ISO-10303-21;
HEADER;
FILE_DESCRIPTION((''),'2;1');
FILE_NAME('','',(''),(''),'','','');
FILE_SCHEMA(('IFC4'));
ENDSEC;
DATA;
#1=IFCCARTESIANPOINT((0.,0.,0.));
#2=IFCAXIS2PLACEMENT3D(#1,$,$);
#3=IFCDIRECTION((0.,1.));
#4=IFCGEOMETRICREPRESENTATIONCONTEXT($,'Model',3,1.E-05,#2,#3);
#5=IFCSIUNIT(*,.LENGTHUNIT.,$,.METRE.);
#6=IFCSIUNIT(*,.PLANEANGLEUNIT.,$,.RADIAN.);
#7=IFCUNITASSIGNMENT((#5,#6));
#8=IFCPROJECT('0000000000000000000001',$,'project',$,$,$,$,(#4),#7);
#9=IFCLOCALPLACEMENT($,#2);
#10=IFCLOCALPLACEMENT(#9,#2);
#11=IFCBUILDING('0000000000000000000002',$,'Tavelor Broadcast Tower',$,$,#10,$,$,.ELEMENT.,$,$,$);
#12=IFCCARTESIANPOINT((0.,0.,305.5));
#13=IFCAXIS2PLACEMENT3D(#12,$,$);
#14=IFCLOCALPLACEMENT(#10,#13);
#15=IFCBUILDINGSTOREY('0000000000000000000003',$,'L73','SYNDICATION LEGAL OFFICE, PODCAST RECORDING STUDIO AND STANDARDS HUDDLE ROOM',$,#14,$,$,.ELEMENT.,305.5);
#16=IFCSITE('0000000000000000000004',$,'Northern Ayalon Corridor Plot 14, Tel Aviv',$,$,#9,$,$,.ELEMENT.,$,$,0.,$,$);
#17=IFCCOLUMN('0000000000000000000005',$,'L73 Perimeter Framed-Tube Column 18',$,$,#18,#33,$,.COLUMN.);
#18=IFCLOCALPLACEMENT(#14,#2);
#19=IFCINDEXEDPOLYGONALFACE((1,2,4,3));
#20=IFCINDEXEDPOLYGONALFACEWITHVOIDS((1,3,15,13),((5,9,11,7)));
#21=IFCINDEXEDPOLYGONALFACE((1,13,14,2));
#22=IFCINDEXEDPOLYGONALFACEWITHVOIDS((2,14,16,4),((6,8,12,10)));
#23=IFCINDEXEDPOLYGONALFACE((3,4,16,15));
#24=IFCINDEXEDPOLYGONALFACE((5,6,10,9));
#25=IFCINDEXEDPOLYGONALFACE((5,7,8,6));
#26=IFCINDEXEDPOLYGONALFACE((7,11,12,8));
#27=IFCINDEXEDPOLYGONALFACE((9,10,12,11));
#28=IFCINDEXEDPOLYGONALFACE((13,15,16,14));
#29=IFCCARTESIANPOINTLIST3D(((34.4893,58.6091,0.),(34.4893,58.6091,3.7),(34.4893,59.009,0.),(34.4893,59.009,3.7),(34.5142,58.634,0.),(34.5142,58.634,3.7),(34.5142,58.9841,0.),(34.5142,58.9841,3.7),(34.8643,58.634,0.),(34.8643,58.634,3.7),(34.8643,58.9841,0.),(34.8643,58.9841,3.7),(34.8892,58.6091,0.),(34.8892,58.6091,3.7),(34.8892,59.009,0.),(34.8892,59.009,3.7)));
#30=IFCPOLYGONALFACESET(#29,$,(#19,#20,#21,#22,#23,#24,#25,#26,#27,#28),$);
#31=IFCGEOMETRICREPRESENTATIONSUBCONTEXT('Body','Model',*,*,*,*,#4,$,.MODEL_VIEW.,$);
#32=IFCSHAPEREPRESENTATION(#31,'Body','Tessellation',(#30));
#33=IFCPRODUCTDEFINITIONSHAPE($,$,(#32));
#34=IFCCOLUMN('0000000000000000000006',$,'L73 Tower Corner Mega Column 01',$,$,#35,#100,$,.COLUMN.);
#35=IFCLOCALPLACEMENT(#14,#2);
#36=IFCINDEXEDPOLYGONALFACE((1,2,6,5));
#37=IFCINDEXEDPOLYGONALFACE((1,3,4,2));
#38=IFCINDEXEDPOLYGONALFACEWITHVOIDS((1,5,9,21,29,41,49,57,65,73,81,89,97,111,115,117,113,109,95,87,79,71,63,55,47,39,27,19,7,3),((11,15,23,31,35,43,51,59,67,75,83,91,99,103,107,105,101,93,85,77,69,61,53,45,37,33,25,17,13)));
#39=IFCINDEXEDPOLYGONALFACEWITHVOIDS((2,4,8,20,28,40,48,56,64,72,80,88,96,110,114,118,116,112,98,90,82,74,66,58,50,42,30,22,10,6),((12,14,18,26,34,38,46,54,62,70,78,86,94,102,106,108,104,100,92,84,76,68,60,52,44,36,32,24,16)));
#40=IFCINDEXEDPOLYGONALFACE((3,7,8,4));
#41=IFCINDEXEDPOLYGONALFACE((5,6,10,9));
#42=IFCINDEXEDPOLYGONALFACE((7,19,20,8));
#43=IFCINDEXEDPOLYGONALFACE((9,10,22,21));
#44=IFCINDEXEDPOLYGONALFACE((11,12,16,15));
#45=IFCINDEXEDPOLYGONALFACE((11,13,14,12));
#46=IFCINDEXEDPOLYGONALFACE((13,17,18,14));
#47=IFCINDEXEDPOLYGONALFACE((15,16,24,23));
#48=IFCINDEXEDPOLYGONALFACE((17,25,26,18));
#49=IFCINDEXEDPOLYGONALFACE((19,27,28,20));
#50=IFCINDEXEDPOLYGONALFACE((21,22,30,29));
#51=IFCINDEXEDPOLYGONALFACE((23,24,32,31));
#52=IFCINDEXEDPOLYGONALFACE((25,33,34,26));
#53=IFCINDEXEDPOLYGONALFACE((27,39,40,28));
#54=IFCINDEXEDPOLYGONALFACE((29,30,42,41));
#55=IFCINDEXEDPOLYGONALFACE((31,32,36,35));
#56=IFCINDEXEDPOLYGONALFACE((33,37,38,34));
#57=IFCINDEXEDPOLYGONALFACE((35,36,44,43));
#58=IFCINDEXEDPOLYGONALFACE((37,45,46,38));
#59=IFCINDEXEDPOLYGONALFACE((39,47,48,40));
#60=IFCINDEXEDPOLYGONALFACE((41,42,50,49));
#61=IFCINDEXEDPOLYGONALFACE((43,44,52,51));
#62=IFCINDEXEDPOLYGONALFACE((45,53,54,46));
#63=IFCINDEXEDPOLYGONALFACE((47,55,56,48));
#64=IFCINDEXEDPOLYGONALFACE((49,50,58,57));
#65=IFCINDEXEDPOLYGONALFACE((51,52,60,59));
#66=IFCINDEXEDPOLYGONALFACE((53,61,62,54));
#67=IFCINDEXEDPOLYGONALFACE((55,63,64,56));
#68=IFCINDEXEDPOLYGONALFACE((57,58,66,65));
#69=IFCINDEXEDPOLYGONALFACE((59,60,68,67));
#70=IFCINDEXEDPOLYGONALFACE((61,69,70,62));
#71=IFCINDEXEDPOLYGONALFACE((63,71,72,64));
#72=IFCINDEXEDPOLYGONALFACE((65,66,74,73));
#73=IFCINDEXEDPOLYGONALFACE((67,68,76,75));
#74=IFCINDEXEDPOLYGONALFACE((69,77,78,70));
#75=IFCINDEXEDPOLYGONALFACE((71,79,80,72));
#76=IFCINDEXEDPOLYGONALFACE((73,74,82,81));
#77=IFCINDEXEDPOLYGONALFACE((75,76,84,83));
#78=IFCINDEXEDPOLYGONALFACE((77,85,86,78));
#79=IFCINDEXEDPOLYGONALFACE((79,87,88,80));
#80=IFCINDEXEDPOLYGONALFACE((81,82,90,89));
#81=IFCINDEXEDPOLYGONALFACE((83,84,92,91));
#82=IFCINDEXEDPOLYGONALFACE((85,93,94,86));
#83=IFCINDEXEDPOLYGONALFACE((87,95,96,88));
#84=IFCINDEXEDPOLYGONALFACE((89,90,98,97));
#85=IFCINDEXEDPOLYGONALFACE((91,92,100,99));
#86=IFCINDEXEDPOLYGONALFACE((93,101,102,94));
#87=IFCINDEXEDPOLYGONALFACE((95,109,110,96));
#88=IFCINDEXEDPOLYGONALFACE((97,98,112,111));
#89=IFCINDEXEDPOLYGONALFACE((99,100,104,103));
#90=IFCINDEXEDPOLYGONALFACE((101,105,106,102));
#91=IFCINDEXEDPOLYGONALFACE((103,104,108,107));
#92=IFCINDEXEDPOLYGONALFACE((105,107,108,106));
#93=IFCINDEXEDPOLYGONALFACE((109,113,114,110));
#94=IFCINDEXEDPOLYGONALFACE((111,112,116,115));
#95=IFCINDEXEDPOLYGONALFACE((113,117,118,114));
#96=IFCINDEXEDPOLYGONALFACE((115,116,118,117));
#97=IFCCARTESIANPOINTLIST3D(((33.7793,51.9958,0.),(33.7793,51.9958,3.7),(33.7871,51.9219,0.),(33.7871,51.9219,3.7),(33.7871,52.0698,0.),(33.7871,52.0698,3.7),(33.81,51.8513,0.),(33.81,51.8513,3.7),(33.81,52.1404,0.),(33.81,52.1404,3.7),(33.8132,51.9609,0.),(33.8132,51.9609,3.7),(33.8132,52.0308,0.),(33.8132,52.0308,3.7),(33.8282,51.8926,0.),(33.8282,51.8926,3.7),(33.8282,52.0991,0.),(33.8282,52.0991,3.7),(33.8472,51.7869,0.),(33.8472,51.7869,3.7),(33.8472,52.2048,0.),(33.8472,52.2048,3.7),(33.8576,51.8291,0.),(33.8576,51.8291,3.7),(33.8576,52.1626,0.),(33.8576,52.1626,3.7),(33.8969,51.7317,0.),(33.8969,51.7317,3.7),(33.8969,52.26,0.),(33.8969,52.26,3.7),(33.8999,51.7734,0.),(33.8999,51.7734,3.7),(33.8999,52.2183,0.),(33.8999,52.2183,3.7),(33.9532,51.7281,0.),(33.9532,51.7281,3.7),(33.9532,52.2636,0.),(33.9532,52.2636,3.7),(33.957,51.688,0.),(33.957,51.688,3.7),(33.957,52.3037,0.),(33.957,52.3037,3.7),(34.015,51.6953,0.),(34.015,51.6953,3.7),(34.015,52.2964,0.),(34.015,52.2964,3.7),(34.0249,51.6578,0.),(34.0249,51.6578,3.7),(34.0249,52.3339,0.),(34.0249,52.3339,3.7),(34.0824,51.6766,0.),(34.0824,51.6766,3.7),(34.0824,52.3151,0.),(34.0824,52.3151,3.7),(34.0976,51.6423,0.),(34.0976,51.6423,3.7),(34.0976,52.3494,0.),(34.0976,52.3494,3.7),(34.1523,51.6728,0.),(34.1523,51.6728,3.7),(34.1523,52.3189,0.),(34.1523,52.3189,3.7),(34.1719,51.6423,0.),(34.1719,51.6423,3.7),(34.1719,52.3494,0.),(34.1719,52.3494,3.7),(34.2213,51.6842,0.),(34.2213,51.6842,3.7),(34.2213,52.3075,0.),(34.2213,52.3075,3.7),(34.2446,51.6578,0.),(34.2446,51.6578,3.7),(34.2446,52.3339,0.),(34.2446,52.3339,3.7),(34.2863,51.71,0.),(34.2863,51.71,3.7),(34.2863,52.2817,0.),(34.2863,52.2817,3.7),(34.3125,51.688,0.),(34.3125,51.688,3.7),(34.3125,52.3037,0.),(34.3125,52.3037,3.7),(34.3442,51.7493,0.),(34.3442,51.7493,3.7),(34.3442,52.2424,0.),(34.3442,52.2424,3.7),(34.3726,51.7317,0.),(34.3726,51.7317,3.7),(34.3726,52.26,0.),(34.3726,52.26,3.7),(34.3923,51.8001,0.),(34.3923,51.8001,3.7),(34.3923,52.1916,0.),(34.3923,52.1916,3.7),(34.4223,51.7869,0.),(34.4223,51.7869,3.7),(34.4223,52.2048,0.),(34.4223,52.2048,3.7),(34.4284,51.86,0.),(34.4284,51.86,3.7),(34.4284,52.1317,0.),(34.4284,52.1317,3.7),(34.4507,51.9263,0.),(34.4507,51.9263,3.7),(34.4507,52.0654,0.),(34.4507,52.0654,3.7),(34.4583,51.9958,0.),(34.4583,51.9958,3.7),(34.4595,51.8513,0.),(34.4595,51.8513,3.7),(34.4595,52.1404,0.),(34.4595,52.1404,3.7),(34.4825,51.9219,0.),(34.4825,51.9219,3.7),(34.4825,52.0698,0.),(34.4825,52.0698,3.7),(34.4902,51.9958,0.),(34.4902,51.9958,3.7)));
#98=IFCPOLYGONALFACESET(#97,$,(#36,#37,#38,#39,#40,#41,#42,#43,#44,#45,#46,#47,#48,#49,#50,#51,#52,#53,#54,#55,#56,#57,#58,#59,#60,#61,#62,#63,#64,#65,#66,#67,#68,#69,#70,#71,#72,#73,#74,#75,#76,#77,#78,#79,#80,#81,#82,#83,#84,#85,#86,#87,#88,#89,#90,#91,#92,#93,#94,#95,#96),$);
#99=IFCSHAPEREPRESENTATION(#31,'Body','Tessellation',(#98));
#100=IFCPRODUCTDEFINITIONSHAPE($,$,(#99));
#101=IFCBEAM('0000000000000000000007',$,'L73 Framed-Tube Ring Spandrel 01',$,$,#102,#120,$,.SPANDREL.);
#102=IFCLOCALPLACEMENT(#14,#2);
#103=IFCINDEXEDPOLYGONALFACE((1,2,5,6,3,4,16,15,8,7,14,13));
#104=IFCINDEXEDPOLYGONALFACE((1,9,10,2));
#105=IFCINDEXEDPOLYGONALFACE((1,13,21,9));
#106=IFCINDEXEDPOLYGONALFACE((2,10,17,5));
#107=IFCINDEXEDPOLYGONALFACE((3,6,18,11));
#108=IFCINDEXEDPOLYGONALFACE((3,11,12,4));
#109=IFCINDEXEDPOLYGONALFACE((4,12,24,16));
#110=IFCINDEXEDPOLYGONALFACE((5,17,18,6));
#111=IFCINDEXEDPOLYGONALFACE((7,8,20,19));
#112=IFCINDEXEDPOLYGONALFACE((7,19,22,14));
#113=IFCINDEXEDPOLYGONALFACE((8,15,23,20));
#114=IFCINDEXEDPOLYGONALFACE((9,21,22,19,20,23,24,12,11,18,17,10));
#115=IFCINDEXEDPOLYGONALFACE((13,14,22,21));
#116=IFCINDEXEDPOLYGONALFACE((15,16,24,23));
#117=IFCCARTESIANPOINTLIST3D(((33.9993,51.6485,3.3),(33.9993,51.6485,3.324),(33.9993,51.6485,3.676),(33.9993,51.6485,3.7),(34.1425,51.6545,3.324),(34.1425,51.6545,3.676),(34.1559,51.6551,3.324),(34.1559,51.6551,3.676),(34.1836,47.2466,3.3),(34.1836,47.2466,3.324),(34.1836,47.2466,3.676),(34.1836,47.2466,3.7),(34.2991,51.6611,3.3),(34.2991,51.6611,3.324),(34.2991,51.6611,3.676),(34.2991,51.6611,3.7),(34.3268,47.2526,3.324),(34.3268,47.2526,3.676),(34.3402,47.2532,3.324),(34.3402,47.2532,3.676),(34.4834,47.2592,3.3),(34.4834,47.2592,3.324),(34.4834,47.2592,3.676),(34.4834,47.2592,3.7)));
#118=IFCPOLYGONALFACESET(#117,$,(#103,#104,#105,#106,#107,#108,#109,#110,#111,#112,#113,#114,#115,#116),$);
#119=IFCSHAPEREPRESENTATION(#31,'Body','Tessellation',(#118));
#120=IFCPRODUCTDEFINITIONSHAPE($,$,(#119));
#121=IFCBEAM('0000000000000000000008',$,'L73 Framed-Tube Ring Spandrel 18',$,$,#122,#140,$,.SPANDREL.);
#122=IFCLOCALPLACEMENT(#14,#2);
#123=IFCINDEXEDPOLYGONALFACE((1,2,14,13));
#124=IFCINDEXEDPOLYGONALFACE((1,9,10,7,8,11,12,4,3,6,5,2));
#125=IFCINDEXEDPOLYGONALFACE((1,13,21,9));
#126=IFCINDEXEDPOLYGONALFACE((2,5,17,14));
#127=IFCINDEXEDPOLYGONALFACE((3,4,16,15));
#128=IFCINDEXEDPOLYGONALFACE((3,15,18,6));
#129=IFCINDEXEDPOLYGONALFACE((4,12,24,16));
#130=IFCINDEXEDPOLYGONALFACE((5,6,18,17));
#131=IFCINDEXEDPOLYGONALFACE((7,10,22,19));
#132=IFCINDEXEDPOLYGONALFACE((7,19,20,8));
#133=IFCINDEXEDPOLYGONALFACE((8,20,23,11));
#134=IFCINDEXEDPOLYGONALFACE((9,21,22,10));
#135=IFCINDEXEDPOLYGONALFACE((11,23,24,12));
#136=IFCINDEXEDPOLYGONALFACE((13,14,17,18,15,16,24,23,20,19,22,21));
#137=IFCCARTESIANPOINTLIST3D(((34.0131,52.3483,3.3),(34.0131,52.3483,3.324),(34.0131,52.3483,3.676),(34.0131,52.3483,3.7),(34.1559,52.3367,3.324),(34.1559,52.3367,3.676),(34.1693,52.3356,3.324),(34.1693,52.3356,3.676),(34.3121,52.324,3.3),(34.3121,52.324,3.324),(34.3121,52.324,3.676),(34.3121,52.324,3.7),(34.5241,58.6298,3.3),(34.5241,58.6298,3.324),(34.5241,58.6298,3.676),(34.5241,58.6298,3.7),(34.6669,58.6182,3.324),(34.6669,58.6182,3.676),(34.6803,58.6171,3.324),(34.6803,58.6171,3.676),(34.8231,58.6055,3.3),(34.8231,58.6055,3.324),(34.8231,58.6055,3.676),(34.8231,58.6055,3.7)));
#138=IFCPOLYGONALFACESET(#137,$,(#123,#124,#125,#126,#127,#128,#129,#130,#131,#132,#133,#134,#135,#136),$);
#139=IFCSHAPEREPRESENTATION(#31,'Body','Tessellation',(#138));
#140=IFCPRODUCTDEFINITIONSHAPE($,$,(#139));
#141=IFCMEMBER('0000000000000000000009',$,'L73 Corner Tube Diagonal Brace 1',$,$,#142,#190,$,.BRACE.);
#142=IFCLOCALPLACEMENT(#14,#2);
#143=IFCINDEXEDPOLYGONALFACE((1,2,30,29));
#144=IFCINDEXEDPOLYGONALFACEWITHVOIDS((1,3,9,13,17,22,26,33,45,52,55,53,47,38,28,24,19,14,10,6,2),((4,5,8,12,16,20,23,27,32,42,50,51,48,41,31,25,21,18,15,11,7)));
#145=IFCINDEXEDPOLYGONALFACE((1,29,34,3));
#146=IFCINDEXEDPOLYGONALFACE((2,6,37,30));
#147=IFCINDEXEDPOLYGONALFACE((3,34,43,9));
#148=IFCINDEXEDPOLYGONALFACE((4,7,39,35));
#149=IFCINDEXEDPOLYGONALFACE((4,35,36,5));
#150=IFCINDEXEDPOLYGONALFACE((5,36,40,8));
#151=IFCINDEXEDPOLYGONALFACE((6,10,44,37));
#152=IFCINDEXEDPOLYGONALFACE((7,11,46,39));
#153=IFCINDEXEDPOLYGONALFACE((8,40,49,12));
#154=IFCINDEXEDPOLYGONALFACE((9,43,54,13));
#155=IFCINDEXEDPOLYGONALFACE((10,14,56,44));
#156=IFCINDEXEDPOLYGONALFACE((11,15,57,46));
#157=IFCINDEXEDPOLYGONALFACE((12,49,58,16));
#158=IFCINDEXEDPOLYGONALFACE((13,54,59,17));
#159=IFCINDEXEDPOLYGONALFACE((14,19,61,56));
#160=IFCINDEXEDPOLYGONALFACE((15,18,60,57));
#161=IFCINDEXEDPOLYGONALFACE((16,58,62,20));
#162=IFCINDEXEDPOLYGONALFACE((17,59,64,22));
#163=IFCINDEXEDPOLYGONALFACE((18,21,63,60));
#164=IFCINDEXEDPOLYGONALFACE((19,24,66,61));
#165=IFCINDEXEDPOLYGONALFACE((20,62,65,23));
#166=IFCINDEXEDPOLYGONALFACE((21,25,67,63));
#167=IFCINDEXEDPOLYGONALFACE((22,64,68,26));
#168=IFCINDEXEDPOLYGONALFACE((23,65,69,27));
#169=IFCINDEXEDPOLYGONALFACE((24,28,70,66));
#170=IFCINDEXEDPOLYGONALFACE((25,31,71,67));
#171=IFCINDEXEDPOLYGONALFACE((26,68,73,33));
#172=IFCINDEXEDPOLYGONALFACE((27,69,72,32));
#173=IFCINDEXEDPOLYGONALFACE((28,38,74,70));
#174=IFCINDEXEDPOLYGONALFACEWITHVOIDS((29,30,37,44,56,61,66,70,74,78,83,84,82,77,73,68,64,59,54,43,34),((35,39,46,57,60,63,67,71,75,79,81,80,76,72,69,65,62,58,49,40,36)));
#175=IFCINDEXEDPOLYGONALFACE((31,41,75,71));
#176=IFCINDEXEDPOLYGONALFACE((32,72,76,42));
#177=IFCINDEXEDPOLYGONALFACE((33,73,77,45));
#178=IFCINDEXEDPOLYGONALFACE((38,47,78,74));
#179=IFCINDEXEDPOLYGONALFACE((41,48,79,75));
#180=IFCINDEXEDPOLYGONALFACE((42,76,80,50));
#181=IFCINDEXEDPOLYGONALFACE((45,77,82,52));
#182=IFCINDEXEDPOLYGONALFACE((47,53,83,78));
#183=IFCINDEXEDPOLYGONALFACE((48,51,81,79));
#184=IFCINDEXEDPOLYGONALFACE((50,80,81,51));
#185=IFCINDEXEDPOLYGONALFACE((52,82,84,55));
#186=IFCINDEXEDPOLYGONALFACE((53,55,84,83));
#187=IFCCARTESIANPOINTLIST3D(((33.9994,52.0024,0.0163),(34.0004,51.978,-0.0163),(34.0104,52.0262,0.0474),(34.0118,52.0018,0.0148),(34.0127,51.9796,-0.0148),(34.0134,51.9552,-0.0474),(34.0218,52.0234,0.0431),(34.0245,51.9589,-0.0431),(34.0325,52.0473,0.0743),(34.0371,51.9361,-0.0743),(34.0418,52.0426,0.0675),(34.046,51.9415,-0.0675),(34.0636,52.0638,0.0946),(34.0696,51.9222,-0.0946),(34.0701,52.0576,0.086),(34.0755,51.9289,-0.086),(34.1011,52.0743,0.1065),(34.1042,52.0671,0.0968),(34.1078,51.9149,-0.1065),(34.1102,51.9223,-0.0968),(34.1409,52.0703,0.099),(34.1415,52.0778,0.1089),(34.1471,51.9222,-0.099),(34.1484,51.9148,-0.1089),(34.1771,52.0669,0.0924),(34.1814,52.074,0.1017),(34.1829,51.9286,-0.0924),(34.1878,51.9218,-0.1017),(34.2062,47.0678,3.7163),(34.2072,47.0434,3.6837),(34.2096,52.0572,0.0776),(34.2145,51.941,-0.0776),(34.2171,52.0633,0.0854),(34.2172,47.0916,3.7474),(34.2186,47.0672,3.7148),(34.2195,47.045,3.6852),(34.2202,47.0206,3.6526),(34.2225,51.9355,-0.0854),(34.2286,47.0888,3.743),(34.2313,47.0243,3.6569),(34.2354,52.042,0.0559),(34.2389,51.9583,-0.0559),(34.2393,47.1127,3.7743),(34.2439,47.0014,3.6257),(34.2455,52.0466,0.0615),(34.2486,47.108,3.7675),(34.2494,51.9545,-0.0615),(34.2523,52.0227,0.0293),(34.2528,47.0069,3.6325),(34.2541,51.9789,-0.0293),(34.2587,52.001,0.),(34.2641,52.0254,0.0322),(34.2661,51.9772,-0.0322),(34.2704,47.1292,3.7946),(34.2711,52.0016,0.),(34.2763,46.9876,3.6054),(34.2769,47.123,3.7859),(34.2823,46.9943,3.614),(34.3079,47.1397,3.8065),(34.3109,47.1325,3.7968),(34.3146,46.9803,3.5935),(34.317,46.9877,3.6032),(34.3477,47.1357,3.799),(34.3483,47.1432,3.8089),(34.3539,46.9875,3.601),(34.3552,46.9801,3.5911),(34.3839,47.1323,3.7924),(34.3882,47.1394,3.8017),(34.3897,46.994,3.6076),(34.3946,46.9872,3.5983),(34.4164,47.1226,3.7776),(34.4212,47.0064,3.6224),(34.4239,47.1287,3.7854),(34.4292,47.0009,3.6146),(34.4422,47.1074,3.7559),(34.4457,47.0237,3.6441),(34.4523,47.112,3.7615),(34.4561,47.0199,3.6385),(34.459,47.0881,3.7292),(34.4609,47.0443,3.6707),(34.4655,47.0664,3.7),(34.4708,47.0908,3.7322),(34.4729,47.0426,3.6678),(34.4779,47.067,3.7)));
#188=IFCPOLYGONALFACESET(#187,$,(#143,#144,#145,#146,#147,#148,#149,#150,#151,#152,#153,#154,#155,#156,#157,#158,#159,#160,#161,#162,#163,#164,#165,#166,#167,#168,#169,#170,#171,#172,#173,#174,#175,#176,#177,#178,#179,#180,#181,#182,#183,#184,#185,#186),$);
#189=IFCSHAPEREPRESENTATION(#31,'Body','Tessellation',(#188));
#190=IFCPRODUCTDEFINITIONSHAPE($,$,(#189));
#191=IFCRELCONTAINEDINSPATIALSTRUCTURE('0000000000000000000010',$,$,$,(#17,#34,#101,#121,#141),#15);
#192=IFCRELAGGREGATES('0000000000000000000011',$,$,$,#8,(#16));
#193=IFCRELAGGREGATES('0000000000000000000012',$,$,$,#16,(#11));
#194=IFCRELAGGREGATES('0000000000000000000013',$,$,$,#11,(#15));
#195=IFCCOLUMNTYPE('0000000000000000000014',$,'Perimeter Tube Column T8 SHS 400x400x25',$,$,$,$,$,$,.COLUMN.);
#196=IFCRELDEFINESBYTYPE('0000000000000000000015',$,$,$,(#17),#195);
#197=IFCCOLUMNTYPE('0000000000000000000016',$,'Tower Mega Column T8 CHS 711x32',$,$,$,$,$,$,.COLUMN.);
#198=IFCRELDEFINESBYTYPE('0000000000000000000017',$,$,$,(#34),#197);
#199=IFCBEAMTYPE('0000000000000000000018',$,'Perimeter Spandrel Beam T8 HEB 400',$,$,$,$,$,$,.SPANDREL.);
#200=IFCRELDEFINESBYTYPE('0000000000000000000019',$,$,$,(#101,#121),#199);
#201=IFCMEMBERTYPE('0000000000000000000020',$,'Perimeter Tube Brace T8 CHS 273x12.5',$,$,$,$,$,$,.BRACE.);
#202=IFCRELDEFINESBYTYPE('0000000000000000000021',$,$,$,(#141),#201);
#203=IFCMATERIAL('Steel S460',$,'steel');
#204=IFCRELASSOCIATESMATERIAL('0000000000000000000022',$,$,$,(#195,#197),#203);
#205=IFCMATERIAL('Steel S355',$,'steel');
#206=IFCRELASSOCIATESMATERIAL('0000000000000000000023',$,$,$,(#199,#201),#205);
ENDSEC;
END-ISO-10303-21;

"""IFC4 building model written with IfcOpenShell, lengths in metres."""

from ifc_helpers import new_model, si_unit, direction, frame, origin, origin_2d, place, context, subcontext, project, spatial, hollow_rectangle, hollow_circle, i_section, extrude, material, material_profile, profile_set, type_object, element, save


model = new_model("IFC4")

# Units and contexts
model_context = context("Model", 3, precision=1e-05, world=origin(), true_north=direction((0.0, 1.0)))
body_context = subcontext(model_context, "Body", "Model", "MODEL_VIEW")
ifc_project = project(units=[si_unit("LENGTHUNIT", "METRE"), si_unit("PLANEANGLEUNIT", "RADIAN")], contexts=[model_context])

# Site, building, storey
site_placement = place(None, origin())
site = spatial("IfcSite", under=ifc_project, at=site_placement, Name="Northern Ayalon Corridor Plot 14, Tel Aviv", CompositionType="ELEMENT", RefElevation=0.0)
building_placement = place(site_placement, origin())
building = spatial("IfcBuilding", under=site, at=building_placement, Name="Tavelor Broadcast Tower", CompositionType="ELEMENT")
storey_placement = place(building_placement, frame((0.0, 0.0, 305.5)))
storey = spatial("IfcBuildingStorey", under=building, at=storey_placement, Name="L73", Description="SYNDICATION LEGAL OFFICE, PODCAST RECORDING STUDIO AND STANDARDS HUDDLE ROOM", CompositionType="ELEMENT", Elevation=305.5)

# Columns
ifc_material_1 = material(Name="Steel S460", Category="steel")
ifc_material_profile_1 = material_profile(ifc_material_1, hollow_rectangle(XDim=0.3999, YDim=0.3999, WallThickness=0.0249, at=origin_2d()), Name="SHS 400x400x25")
ifc_profile_set_1 = profile_set([ifc_material_profile_1], Name="Steel S460")
column_type_1 = type_object("IfcColumnType", Name="Perimeter Tube Column T8 SHS 400x400x25", PredefinedType="COLUMN", material=ifc_profile_set_1)
column_1_placement = place(storey_placement, frame((34.6892, 58.8091, 0.0), z_axis=(0.0, 0.0, 1.0), x_axis=(1.0, 0.0, 0.0)))
element("IfcColumn", 1, at=column_1_placement, inside=storey, type_object=column_type_1, Name="L73 Perimeter Framed-Tube Column 18", PredefinedType="COLUMN", context=body_context, shape_type="SweptSolid", body=[
    extrude(hollow_rectangle(XDim=0.3999, YDim=0.3999, WallThickness=0.0249, at=origin_2d()), origin(), (0.0, 0.0, 1.0), 3.7),
])
ifc_material_profile_2 = material_profile(ifc_material_1, hollow_circle(Radius=0.3555, WallThickness=0.032, at=origin_2d()), Name="CHS 711x32")
ifc_profile_set_2 = profile_set([ifc_material_profile_2], Name="Steel S460")
column_type_2 = type_object("IfcColumnType", Name="Tower Mega Column T8 CHS 711x32", PredefinedType="COLUMN", material=ifc_profile_set_2)
column_2_placement = place(storey_placement, frame((34.1348, 51.9958, 0.0), z_axis=(0.0, 0.0, 1.0), x_axis=(1.0, 0.0, 0.0)))
element("IfcColumn", 2, at=column_2_placement, inside=storey, type_object=column_type_2, Name="L73 Tower Corner Mega Column 01", PredefinedType="COLUMN", context=body_context, shape_type="SweptSolid", body=[
    extrude(hollow_circle(Radius=0.3555, WallThickness=0.032, at=origin_2d()), origin(), (0.0, 0.0, 1.0), 3.7),
])

# Beams
ifc_material_2 = material(Name="Steel S355", Category="steel")
ifc_material_profile_3 = material_profile(ifc_material_2, i_section(OverallWidth=0.3, OverallDepth=0.3999, WebThickness=0.0134, FlangeThickness=0.0239, at=origin_2d()), Name="HEB 400")
ifc_profile_set_3 = profile_set([ifc_material_profile_3], Name="Steel S355")
beam_type = type_object("IfcBeamType", Name="Perimeter Spandrel Beam T8 HEB 400", PredefinedType="SPANDREL", material=ifc_profile_set_3)
beam_1_placement = place(storey_placement, frame((34.1492, 51.6548, 3.5), z_axis=(0.041838, -0.999124, 0.0), x_axis=(0.999124, 0.041838, 0.0)))
element("IfcBeam", 3, at=beam_1_placement, inside=storey, type_object=beam_type, Name="L73 Framed-Tube Ring Spandrel 01", PredefinedType="SPANDREL", context=body_context, shape_type="SweptSolid", body=[
    extrude(i_section(OverallWidth=0.3, OverallDepth=0.3999, WebThickness=0.0134, FlangeThickness=0.0239, at=origin_2d()), origin(), (0.0, 0.0, 1.0), 4.4058),
])
beam_2_placement = place(storey_placement, frame((34.6736, 58.6177, 3.5), z_axis=(-0.08108, -0.996708, 0.0), x_axis=(0.996708, -0.08108, 0.0)))
element("IfcBeam", 4, at=beam_2_placement, inside=storey, type_object=beam_type, Name="L73 Framed-Tube Ring Spandrel 18", PredefinedType="SPANDREL", context=body_context, shape_type="SweptSolid", body=[
    extrude(i_section(OverallWidth=0.3, OverallDepth=0.3999, WebThickness=0.0134, FlangeThickness=0.0239, at=origin_2d()), origin(), (0.0, 0.0, 1.0), 6.3022),
])

# Member
ifc_material_profile_4 = material_profile(ifc_material_2, hollow_circle(Radius=0.1365, WallThickness=0.0125, at=origin_2d()), Name="CHS 273x12.5")
ifc_profile_set_4 = profile_set([ifc_material_profile_4], Name="Steel S355")
member_type_1 = type_object("IfcMemberType", Name="Perimeter Tube Brace T8 CHS 273x12.5", PredefinedType="BRACE", material=ifc_profile_set_4)
member_1_placement = place(storey_placement, frame((34.1348, 51.9958, 0.0), z_axis=(0.033509, -0.799627, 0.599562), x_axis=(0.999123, 0.041869, 0.0)))
element("IfcMember", 5, at=member_1_placement, inside=storey, type_object=member_type_1, Name="L73 Corner Tube Diagonal Brace 1", PredefinedType="BRACE", context=body_context, shape_type="SweptSolid", body=[
    extrude(hollow_circle(Radius=0.1365, WallThickness=0.0125, at=origin_2d()), origin(), (0.0, 0.0, 1.0), 6.1711),
])

save(model, "model.ifc")
